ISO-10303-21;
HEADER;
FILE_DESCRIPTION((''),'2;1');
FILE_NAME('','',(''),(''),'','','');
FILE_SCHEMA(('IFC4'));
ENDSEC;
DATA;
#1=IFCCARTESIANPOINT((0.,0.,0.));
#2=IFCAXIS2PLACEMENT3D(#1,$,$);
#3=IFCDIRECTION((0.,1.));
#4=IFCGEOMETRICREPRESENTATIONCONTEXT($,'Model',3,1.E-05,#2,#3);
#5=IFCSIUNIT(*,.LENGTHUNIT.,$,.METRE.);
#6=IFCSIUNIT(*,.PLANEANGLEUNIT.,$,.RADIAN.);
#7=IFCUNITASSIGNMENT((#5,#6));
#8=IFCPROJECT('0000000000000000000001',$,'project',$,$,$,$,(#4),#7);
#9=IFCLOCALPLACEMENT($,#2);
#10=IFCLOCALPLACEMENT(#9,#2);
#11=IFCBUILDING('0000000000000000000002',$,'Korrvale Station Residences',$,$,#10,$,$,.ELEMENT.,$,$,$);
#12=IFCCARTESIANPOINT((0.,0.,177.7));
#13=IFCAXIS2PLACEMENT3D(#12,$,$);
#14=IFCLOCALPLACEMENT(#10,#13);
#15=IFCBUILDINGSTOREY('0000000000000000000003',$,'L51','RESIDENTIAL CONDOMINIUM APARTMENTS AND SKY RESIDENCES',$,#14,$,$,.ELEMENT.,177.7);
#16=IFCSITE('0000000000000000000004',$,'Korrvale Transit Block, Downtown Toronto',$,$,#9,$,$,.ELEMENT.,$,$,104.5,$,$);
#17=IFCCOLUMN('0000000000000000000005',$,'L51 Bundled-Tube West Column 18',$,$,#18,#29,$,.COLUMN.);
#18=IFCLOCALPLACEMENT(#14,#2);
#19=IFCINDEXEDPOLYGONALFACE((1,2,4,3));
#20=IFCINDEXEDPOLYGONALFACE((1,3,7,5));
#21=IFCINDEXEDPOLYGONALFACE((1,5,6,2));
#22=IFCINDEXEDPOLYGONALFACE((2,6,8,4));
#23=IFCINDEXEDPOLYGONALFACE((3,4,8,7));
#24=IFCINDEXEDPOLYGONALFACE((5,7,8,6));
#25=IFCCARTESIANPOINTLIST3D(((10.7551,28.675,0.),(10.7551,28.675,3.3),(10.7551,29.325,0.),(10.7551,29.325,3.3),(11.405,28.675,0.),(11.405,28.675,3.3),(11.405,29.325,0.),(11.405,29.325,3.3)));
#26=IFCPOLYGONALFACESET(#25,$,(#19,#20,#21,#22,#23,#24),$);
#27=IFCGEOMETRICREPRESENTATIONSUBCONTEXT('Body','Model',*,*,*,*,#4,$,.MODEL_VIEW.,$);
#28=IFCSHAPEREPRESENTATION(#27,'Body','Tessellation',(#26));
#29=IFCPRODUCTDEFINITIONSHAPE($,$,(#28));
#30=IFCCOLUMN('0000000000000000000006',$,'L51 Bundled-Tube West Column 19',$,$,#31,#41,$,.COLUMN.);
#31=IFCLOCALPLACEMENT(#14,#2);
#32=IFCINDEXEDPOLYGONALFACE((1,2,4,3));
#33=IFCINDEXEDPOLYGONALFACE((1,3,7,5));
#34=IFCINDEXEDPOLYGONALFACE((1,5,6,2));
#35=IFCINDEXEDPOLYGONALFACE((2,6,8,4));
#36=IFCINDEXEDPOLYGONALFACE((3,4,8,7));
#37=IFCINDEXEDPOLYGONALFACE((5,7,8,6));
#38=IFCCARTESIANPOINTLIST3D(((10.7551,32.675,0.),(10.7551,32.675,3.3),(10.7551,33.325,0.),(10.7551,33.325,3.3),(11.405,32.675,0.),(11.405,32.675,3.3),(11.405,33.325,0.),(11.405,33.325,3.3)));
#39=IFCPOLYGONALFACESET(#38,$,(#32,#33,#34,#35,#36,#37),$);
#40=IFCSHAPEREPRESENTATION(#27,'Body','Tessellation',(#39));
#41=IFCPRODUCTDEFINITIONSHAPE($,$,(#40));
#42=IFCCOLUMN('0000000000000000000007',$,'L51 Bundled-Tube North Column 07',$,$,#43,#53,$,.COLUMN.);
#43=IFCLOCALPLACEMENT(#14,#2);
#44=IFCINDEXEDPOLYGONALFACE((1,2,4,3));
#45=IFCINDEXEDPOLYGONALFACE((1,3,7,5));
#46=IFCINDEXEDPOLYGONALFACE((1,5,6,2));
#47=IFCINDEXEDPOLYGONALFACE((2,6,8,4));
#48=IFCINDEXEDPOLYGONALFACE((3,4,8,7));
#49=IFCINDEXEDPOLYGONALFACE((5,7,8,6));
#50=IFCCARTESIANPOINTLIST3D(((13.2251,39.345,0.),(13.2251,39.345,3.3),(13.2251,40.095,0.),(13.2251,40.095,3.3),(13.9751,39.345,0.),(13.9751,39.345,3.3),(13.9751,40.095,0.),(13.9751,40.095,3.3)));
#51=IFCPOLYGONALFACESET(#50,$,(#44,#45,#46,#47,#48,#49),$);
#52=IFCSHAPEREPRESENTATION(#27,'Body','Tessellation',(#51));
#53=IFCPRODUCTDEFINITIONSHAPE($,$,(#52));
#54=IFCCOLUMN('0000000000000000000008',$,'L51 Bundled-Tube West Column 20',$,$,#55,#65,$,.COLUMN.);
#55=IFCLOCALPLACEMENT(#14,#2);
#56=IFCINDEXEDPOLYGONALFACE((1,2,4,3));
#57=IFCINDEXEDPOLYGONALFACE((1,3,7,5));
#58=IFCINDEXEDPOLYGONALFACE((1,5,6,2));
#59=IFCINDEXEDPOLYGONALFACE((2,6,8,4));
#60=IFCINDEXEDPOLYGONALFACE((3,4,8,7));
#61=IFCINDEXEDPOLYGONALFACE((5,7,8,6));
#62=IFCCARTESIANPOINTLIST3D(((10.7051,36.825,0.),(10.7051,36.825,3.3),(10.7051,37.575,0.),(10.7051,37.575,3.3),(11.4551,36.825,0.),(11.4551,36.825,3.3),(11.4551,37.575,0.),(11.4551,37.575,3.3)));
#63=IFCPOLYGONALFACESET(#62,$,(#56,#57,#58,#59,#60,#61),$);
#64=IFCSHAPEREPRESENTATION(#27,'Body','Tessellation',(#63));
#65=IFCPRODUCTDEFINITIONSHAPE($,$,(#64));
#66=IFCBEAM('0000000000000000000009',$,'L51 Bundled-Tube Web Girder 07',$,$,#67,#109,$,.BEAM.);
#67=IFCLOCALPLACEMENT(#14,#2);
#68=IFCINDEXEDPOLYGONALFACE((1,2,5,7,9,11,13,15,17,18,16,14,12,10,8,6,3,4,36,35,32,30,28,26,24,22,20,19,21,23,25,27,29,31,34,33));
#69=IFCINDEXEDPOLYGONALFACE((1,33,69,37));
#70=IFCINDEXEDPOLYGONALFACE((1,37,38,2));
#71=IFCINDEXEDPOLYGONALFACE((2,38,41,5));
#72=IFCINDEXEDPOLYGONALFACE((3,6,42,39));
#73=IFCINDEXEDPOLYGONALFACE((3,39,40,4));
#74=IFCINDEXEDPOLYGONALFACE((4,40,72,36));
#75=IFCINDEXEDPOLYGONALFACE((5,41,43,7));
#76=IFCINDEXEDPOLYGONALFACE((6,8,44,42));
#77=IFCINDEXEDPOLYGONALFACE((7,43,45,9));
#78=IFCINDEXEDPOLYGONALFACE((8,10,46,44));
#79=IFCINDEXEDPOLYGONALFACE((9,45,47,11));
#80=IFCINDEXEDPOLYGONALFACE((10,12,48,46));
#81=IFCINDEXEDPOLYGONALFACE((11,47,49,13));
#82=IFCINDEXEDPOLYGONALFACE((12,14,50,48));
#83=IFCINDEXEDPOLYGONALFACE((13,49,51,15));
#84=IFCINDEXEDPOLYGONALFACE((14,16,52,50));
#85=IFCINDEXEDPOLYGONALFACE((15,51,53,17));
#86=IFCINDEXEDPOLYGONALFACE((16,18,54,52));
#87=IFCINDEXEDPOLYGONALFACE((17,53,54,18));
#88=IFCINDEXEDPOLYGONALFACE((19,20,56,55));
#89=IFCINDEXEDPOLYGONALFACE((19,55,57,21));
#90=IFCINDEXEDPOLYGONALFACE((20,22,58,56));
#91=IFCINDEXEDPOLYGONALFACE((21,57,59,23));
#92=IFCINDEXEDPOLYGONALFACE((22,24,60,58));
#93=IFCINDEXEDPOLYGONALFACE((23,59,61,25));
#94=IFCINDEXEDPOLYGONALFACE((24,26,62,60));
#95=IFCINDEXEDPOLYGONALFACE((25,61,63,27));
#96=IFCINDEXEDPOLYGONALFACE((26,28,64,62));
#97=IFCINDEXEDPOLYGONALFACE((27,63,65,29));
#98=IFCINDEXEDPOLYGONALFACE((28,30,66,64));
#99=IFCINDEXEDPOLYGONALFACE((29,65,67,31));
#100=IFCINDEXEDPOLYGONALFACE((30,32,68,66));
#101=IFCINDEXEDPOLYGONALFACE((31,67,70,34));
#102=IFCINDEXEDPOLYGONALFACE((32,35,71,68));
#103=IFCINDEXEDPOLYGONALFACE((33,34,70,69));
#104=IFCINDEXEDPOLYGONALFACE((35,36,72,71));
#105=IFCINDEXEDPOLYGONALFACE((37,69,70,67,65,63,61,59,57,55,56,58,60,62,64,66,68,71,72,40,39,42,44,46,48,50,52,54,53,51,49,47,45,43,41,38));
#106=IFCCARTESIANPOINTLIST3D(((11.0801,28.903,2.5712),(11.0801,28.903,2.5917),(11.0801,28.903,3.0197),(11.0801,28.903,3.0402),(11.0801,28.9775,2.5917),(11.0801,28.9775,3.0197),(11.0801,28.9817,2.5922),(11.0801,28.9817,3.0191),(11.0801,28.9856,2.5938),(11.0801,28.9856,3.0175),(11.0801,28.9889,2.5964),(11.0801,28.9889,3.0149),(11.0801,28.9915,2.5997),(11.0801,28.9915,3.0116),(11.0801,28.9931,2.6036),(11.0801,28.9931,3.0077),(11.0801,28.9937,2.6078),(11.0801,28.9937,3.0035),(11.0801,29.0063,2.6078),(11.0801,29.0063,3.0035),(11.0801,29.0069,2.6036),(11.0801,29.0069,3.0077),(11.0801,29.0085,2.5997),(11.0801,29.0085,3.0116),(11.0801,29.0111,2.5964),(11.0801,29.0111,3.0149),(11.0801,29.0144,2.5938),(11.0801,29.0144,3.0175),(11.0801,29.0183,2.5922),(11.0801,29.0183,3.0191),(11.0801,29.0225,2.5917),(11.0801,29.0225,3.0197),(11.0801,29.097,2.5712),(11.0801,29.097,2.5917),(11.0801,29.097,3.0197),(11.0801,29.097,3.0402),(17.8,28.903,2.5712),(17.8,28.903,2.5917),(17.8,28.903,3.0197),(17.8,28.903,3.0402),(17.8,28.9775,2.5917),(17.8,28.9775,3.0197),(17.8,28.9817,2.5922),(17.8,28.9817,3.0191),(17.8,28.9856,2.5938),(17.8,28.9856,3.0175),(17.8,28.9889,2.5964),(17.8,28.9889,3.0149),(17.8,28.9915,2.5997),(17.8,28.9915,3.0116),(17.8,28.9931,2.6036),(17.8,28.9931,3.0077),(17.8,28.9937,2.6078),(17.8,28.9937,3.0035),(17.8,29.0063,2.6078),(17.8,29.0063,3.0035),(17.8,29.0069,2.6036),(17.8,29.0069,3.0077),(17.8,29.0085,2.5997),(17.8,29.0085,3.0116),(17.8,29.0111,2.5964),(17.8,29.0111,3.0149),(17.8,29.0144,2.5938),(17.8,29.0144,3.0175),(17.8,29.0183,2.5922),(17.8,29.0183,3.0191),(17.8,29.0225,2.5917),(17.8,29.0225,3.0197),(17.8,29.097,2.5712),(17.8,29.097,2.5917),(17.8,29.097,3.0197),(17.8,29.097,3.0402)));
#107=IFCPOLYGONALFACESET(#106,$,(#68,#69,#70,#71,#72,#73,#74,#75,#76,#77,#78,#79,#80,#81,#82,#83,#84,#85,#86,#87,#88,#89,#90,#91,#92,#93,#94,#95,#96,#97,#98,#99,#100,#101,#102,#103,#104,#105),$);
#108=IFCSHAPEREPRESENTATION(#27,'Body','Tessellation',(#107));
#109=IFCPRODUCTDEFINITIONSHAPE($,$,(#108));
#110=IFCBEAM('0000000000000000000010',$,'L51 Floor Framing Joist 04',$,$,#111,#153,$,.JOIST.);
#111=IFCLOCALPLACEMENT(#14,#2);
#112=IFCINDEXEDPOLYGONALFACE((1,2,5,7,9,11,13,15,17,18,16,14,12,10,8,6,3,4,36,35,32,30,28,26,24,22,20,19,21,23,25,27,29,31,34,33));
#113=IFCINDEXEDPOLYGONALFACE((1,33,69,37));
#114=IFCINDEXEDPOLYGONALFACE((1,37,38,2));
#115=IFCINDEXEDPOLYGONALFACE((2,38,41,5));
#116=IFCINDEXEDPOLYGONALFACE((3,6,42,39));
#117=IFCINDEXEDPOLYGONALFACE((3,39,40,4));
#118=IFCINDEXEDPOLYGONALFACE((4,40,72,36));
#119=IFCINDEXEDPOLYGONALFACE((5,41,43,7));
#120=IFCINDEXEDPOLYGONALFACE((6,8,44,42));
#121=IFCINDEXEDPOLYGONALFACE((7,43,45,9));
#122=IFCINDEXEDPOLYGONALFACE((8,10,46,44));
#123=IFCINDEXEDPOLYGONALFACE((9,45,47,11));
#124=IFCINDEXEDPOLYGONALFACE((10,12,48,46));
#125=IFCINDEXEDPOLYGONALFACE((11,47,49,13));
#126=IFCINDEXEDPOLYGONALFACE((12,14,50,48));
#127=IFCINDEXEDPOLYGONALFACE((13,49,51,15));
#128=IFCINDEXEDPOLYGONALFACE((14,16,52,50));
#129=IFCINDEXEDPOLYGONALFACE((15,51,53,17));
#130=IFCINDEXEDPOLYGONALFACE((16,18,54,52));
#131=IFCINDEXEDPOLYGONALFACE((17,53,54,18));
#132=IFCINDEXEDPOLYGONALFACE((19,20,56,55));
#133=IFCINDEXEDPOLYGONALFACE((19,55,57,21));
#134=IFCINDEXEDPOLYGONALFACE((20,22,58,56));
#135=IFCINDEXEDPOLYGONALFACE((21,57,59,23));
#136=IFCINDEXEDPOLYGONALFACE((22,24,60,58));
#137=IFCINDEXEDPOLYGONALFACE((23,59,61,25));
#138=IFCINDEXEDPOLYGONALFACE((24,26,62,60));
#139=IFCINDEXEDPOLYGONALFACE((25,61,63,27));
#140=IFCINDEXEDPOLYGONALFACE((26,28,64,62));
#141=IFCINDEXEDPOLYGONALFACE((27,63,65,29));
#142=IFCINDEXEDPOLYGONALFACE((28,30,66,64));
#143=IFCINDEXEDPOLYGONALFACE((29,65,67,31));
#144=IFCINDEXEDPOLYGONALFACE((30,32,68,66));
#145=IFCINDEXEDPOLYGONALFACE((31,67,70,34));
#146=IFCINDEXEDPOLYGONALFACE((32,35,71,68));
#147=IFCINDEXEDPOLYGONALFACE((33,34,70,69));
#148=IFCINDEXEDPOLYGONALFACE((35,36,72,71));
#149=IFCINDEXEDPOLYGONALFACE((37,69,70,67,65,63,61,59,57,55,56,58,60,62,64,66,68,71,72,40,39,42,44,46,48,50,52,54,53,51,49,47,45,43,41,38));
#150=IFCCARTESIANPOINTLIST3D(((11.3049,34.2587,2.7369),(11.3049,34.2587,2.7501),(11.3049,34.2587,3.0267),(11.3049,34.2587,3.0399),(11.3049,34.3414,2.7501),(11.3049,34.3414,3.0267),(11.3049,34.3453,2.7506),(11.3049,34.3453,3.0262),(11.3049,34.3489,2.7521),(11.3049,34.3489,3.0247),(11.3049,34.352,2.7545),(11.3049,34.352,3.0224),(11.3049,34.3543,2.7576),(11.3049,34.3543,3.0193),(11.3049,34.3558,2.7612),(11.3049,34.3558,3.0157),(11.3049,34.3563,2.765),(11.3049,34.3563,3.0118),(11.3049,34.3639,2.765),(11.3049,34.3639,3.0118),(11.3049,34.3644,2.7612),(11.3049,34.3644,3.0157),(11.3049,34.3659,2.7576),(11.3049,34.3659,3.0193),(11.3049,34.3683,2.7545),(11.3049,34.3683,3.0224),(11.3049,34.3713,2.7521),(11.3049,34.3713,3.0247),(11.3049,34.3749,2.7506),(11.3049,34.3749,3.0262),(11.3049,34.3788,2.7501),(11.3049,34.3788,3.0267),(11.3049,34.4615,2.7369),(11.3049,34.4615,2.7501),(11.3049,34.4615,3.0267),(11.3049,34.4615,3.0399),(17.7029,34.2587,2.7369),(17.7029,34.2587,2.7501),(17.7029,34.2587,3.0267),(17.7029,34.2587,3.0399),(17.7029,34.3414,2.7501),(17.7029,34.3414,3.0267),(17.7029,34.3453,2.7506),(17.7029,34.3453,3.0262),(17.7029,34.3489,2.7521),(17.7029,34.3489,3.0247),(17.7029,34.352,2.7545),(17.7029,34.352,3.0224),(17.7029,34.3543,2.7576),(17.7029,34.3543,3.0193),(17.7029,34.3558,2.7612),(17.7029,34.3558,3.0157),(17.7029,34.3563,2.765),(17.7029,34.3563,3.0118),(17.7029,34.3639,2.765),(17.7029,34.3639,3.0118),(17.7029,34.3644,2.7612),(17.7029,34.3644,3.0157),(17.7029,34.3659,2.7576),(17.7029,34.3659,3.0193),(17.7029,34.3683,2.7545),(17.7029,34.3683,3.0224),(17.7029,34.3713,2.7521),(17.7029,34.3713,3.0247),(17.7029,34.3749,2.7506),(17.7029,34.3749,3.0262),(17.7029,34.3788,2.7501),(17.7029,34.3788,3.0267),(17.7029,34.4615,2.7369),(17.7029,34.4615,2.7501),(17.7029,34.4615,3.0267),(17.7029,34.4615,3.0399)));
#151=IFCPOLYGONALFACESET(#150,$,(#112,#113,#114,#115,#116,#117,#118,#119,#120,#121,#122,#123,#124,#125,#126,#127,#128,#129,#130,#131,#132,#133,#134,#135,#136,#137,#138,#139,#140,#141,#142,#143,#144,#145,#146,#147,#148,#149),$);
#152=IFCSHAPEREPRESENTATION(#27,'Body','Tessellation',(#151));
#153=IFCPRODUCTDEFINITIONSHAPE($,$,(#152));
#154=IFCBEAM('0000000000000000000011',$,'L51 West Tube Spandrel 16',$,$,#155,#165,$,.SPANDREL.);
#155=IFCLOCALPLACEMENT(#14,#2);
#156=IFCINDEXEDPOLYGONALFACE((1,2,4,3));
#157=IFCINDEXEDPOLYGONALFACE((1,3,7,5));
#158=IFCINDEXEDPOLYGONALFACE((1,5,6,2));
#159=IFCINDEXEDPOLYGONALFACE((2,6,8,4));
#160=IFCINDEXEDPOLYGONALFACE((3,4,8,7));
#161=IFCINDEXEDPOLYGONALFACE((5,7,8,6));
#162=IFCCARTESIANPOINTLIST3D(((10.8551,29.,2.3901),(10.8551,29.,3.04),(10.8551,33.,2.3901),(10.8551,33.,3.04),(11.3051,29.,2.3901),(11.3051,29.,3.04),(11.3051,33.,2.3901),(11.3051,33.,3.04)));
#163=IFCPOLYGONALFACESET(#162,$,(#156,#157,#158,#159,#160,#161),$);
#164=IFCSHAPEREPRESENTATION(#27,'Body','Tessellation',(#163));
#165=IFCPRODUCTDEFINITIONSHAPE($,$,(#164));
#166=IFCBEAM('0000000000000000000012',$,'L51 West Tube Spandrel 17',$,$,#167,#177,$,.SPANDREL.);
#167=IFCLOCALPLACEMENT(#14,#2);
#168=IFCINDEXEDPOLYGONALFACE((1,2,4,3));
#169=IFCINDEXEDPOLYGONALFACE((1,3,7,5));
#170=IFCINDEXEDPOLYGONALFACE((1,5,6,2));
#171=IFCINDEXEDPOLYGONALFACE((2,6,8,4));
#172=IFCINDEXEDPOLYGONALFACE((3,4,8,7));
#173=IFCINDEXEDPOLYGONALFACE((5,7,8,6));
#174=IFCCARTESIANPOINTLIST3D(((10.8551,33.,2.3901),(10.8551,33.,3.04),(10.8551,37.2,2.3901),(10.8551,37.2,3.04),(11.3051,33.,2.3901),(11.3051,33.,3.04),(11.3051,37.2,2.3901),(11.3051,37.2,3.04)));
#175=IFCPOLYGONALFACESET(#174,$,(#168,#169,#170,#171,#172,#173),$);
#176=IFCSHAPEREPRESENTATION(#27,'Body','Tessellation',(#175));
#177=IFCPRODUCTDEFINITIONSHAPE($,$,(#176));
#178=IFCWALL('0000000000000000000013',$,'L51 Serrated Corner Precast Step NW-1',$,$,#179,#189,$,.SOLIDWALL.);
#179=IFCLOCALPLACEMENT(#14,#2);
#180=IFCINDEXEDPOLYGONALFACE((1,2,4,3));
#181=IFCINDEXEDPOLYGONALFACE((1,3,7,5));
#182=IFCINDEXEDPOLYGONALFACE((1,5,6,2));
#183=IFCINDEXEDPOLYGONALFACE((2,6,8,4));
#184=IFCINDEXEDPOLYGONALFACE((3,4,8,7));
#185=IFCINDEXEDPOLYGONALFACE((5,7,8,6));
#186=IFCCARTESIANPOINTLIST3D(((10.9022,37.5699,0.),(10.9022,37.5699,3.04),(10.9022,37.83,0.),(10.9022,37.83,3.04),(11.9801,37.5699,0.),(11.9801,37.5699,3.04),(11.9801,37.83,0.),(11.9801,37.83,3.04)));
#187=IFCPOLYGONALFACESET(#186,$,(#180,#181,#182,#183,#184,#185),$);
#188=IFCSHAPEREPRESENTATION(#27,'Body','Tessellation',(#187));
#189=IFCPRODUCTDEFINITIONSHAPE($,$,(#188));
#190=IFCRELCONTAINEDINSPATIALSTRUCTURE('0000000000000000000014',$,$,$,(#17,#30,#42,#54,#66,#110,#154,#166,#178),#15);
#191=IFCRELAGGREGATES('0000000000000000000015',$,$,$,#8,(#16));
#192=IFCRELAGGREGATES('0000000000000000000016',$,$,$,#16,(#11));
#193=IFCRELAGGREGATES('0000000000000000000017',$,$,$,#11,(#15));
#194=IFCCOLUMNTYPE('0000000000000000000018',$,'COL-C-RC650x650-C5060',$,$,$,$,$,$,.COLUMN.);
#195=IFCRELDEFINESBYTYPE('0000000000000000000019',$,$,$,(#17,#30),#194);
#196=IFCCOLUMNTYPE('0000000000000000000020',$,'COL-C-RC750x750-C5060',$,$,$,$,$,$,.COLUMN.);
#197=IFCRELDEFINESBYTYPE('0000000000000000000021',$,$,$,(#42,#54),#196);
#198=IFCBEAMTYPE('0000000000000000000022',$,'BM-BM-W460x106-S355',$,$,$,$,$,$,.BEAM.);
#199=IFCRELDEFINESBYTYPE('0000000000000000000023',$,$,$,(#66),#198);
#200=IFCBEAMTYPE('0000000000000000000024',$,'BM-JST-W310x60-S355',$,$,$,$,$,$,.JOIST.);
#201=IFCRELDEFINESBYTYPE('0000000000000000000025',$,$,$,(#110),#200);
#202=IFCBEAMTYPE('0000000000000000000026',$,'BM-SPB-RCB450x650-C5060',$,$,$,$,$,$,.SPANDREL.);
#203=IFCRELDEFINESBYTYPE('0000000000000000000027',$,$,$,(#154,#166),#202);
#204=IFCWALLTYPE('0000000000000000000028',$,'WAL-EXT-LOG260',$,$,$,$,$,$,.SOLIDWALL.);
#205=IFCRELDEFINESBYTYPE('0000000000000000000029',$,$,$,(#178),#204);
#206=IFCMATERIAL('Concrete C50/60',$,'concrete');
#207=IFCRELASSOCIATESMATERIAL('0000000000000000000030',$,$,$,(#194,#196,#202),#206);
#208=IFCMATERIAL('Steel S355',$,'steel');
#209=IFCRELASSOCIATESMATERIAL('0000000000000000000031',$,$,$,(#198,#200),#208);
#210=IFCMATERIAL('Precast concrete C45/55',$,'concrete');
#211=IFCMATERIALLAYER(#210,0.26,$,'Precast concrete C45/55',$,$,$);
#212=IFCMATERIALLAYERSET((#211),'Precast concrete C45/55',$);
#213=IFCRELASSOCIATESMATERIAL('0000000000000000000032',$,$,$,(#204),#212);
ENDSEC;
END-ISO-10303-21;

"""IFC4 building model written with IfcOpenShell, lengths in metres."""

from ifc_helpers import new_model, si_unit, direction, frame, frame_2d, origin, origin_2d, place, context, subcontext, project, spatial, rectangle, i_section, extrude, material, layer, layer_set, material_profile, profile_set, type_object, element, save


model = new_model("IFC4")

# Units and contexts
model_context = context("Model", 3, precision=1e-05, world=origin(), true_north=direction((0.0, 1.0)))
body_context = subcontext(model_context, "Body", "Model", "MODEL_VIEW")
ifc_project = project(units=[si_unit("LENGTHUNIT", "METRE"), si_unit("PLANEANGLEUNIT", "RADIAN")], contexts=[model_context])

# Site, building, storey
site_placement = place(None, origin())
site = spatial("IfcSite", under=ifc_project, at=site_placement, Name="Korrvale Transit Block, Downtown Toronto", CompositionType="ELEMENT", RefElevation=104.5)
building_placement = place(site_placement, origin())
building = spatial("IfcBuilding", under=site, at=building_placement, Name="Korrvale Station Residences", CompositionType="ELEMENT")
storey_placement = place(building_placement, frame((0.0, 0.0, 177.7)))
storey = spatial("IfcBuildingStorey", under=building, at=storey_placement, Name="L51", Description="RESIDENTIAL CONDOMINIUM APARTMENTS AND SKY RESIDENCES", CompositionType="ELEMENT", Elevation=177.7)

# Columns
ifc_material_1 = material(Name="Concrete C50/60", Category="concrete")
ifc_material_profile_1 = material_profile(ifc_material_1, rectangle(XDim=0.6499, YDim=0.6499, at=origin_2d()), Name="RC650x650")
ifc_profile_set_1 = profile_set([ifc_material_profile_1], Name="Concrete C50/60")
column_type_1 = type_object("IfcColumnType", Name="COL-C-RC650x650-C5060", PredefinedType="COLUMN", material=ifc_profile_set_1)
for number, where, z_axis, x_axis, name in (
    (1, (11.0801, 29.0, 0.0), (0.0, 0.0, 1.0), (1.0, 0.0, 0.0), "L51 Bundled-Tube West Column 18"),
    (2, (11.0801, 33.0, 0.0), (0.0, 0.0, 1.0), (1.0, 0.0, 0.0), "L51 Bundled-Tube West Column 19"),
):
    element("IfcColumn", number, at=place(storey_placement, frame(where, z_axis=z_axis, x_axis=x_axis)), inside=storey, type_object=column_type_1, Name=name, PredefinedType="COLUMN", context=body_context, shape_type="SweptSolid", body=[
        extrude(rectangle(XDim=0.6499, YDim=0.6499, at=origin_2d()), origin(), (0.0, 0.0, 1.0), 3.3),
    ])
ifc_material_profile_2 = material_profile(ifc_material_1, rectangle(XDim=0.75, YDim=0.75, at=origin_2d()), Name="RC750x750")
ifc_profile_set_2 = profile_set([ifc_material_profile_2], Name="Concrete C50/60")
column_type_2 = type_object("IfcColumnType", Name="COL-C-RC750x750-C5060", PredefinedType="COLUMN", material=ifc_profile_set_2)
for number, where, z_axis, x_axis, name in (
    (3, (13.6001, 39.72, 0.0), (0.0, 0.0, 1.0), (1.0, 0.0, 0.0), "L51 Bundled-Tube North Column 07"),
    (4, (11.0801, 37.2, 0.0), (0.0, 0.0, 1.0), (1.0, 0.0, 0.0), "L51 Bundled-Tube West Column 20"),
):
    element("IfcColumn", number, at=place(storey_placement, frame(where, z_axis=z_axis, x_axis=x_axis)), inside=storey, type_object=column_type_2, Name=name, PredefinedType="COLUMN", context=body_context, shape_type="SweptSolid", body=[
        extrude(rectangle(XDim=0.75, YDim=0.75, at=origin_2d()), origin(), (0.0, 0.0, 1.0), 3.3),
    ])

# Beams
ifc_material_2 = material(Name="Steel S355", Category="steel")
ifc_material_profile_3 = material_profile(ifc_material_2, i_section(OverallWidth=0.1941, OverallDepth=0.469, WebThickness=0.0127, FlangeThickness=0.0205, FilletRadius=0.0161, at=origin_2d()), Name="W460x106")
ifc_profile_set_3 = profile_set([ifc_material_profile_3], Name="Steel S355")
beam_type_1 = type_object("IfcBeamType", Name="BM-BM-W460x106-S355", PredefinedType="BEAM", material=ifc_profile_set_3)
beam_1_placement = place(storey_placement, frame((11.0801, 29.0, 2.8057), z_axis=(1.0, 0.0, 0.0), x_axis=(0.0, 1.0, 0.0)))
element("IfcBeam", 5, at=beam_1_placement, inside=storey, type_object=beam_type_1, Name="L51 Bundled-Tube Web Girder 07", PredefinedType="BEAM", context=body_context, shape_type="SweptSolid", body=[
    extrude(i_section(OverallWidth=0.1941, OverallDepth=0.469, WebThickness=0.0127, FlangeThickness=0.0205, FilletRadius=0.0161, at=origin_2d()), origin(), (0.0, 0.0, 1.0), 6.72),
])
ifc_material_profile_4 = material_profile(ifc_material_2, i_section(OverallWidth=0.2029, OverallDepth=0.303, WebThickness=0.0076, FlangeThickness=0.0132, FilletRadius=0.0149, at=origin_2d()), Name="W310x60")
ifc_profile_set_4 = profile_set([ifc_material_profile_4], Name="Steel S355")
beam_type_2 = type_object("IfcBeamType", Name="BM-JST-W310x60-S355", PredefinedType="JOIST", material=ifc_profile_set_4)
beam_2_placement = place(storey_placement, frame((11.3049, 34.3601, 2.8884), z_axis=(1.0, 0.0, 0.0), x_axis=(0.0, 1.0, 0.0)))
element("IfcBeam", 6, at=beam_2_placement, inside=storey, type_object=beam_type_2, Name="L51 Floor Framing Joist 04", PredefinedType="JOIST", context=body_context, shape_type="SweptSolid", body=[
    extrude(i_section(OverallWidth=0.2029, OverallDepth=0.303, WebThickness=0.0076, FlangeThickness=0.0132, FilletRadius=0.0149, at=origin_2d()), origin(), (0.0, 0.0, 1.0), 6.3979),
])
ifc_material_profile_5 = material_profile(ifc_material_1, rectangle(XDim=0.45, YDim=0.6499, at=origin_2d()), Name="RCB450x650")
ifc_profile_set_5 = profile_set([ifc_material_profile_5], Name="Concrete C50/60")
beam_type_3 = type_object("IfcBeamType", Name="BM-SPB-RCB450x650-C5060", PredefinedType="SPANDREL", material=ifc_profile_set_5)
beam_3_placement = place(storey_placement, frame((11.0801, 29.0, 2.7151), z_axis=(0.0, 1.0, 0.0), x_axis=(-1.0, 0.0, 0.0)))
element("IfcBeam", 7, at=beam_3_placement, inside=storey, type_object=beam_type_3, Name="L51 West Tube Spandrel 16", PredefinedType="SPANDREL", context=body_context, shape_type="SweptSolid", body=[
    extrude(rectangle(XDim=0.45, YDim=0.6499, at=origin_2d()), origin(), (0.0, 0.0, 1.0), 4.0),
])
beam_4_placement = place(storey_placement, frame((11.0801, 33.0, 2.7151), z_axis=(0.0, 1.0, 0.0), x_axis=(-1.0, 0.0, 0.0)))
element("IfcBeam", 8, at=beam_4_placement, inside=storey, type_object=beam_type_3, Name="L51 West Tube Spandrel 17", PredefinedType="SPANDREL", context=body_context, shape_type="SweptSolid", body=[
    extrude(rectangle(XDim=0.45, YDim=0.6499, at=origin_2d()), origin(), (0.0, 0.0, 1.0), 4.2),
])

# Wall
ifc_material_3 = material(Name="Precast concrete C45/55", Category="concrete")
ifc_layer_1 = layer(ifc_material_3, 0.26, Name="Precast concrete C45/55")
ifc_layer_set_1 = layer_set([ifc_layer_1], Name="Precast concrete C45/55")
wall_type_1 = type_object("IfcWallType", Name="WAL-EXT-LOG260", PredefinedType="SOLIDWALL", material=ifc_layer_set_1)
wall_1_placement = place(storey_placement, frame((10.9021, 37.7, 0.0), z_axis=(0.0, 0.0, 1.0), x_axis=(1.0, 0.0, 0.0)))
element("IfcWall", 9, at=wall_1_placement, inside=storey, type_object=wall_type_1, Name="L51 Serrated Corner Precast Step NW-1", PredefinedType="SOLIDWALL", context=body_context, shape_type="SweptSolid", body=[
    extrude(rectangle(XDim=1.0779, YDim=0.26, at=frame_2d((0.5391, 0.0))), origin(), (0.0, 0.0, 1.0), 3.04),
])

save(model, "model.ifc")
